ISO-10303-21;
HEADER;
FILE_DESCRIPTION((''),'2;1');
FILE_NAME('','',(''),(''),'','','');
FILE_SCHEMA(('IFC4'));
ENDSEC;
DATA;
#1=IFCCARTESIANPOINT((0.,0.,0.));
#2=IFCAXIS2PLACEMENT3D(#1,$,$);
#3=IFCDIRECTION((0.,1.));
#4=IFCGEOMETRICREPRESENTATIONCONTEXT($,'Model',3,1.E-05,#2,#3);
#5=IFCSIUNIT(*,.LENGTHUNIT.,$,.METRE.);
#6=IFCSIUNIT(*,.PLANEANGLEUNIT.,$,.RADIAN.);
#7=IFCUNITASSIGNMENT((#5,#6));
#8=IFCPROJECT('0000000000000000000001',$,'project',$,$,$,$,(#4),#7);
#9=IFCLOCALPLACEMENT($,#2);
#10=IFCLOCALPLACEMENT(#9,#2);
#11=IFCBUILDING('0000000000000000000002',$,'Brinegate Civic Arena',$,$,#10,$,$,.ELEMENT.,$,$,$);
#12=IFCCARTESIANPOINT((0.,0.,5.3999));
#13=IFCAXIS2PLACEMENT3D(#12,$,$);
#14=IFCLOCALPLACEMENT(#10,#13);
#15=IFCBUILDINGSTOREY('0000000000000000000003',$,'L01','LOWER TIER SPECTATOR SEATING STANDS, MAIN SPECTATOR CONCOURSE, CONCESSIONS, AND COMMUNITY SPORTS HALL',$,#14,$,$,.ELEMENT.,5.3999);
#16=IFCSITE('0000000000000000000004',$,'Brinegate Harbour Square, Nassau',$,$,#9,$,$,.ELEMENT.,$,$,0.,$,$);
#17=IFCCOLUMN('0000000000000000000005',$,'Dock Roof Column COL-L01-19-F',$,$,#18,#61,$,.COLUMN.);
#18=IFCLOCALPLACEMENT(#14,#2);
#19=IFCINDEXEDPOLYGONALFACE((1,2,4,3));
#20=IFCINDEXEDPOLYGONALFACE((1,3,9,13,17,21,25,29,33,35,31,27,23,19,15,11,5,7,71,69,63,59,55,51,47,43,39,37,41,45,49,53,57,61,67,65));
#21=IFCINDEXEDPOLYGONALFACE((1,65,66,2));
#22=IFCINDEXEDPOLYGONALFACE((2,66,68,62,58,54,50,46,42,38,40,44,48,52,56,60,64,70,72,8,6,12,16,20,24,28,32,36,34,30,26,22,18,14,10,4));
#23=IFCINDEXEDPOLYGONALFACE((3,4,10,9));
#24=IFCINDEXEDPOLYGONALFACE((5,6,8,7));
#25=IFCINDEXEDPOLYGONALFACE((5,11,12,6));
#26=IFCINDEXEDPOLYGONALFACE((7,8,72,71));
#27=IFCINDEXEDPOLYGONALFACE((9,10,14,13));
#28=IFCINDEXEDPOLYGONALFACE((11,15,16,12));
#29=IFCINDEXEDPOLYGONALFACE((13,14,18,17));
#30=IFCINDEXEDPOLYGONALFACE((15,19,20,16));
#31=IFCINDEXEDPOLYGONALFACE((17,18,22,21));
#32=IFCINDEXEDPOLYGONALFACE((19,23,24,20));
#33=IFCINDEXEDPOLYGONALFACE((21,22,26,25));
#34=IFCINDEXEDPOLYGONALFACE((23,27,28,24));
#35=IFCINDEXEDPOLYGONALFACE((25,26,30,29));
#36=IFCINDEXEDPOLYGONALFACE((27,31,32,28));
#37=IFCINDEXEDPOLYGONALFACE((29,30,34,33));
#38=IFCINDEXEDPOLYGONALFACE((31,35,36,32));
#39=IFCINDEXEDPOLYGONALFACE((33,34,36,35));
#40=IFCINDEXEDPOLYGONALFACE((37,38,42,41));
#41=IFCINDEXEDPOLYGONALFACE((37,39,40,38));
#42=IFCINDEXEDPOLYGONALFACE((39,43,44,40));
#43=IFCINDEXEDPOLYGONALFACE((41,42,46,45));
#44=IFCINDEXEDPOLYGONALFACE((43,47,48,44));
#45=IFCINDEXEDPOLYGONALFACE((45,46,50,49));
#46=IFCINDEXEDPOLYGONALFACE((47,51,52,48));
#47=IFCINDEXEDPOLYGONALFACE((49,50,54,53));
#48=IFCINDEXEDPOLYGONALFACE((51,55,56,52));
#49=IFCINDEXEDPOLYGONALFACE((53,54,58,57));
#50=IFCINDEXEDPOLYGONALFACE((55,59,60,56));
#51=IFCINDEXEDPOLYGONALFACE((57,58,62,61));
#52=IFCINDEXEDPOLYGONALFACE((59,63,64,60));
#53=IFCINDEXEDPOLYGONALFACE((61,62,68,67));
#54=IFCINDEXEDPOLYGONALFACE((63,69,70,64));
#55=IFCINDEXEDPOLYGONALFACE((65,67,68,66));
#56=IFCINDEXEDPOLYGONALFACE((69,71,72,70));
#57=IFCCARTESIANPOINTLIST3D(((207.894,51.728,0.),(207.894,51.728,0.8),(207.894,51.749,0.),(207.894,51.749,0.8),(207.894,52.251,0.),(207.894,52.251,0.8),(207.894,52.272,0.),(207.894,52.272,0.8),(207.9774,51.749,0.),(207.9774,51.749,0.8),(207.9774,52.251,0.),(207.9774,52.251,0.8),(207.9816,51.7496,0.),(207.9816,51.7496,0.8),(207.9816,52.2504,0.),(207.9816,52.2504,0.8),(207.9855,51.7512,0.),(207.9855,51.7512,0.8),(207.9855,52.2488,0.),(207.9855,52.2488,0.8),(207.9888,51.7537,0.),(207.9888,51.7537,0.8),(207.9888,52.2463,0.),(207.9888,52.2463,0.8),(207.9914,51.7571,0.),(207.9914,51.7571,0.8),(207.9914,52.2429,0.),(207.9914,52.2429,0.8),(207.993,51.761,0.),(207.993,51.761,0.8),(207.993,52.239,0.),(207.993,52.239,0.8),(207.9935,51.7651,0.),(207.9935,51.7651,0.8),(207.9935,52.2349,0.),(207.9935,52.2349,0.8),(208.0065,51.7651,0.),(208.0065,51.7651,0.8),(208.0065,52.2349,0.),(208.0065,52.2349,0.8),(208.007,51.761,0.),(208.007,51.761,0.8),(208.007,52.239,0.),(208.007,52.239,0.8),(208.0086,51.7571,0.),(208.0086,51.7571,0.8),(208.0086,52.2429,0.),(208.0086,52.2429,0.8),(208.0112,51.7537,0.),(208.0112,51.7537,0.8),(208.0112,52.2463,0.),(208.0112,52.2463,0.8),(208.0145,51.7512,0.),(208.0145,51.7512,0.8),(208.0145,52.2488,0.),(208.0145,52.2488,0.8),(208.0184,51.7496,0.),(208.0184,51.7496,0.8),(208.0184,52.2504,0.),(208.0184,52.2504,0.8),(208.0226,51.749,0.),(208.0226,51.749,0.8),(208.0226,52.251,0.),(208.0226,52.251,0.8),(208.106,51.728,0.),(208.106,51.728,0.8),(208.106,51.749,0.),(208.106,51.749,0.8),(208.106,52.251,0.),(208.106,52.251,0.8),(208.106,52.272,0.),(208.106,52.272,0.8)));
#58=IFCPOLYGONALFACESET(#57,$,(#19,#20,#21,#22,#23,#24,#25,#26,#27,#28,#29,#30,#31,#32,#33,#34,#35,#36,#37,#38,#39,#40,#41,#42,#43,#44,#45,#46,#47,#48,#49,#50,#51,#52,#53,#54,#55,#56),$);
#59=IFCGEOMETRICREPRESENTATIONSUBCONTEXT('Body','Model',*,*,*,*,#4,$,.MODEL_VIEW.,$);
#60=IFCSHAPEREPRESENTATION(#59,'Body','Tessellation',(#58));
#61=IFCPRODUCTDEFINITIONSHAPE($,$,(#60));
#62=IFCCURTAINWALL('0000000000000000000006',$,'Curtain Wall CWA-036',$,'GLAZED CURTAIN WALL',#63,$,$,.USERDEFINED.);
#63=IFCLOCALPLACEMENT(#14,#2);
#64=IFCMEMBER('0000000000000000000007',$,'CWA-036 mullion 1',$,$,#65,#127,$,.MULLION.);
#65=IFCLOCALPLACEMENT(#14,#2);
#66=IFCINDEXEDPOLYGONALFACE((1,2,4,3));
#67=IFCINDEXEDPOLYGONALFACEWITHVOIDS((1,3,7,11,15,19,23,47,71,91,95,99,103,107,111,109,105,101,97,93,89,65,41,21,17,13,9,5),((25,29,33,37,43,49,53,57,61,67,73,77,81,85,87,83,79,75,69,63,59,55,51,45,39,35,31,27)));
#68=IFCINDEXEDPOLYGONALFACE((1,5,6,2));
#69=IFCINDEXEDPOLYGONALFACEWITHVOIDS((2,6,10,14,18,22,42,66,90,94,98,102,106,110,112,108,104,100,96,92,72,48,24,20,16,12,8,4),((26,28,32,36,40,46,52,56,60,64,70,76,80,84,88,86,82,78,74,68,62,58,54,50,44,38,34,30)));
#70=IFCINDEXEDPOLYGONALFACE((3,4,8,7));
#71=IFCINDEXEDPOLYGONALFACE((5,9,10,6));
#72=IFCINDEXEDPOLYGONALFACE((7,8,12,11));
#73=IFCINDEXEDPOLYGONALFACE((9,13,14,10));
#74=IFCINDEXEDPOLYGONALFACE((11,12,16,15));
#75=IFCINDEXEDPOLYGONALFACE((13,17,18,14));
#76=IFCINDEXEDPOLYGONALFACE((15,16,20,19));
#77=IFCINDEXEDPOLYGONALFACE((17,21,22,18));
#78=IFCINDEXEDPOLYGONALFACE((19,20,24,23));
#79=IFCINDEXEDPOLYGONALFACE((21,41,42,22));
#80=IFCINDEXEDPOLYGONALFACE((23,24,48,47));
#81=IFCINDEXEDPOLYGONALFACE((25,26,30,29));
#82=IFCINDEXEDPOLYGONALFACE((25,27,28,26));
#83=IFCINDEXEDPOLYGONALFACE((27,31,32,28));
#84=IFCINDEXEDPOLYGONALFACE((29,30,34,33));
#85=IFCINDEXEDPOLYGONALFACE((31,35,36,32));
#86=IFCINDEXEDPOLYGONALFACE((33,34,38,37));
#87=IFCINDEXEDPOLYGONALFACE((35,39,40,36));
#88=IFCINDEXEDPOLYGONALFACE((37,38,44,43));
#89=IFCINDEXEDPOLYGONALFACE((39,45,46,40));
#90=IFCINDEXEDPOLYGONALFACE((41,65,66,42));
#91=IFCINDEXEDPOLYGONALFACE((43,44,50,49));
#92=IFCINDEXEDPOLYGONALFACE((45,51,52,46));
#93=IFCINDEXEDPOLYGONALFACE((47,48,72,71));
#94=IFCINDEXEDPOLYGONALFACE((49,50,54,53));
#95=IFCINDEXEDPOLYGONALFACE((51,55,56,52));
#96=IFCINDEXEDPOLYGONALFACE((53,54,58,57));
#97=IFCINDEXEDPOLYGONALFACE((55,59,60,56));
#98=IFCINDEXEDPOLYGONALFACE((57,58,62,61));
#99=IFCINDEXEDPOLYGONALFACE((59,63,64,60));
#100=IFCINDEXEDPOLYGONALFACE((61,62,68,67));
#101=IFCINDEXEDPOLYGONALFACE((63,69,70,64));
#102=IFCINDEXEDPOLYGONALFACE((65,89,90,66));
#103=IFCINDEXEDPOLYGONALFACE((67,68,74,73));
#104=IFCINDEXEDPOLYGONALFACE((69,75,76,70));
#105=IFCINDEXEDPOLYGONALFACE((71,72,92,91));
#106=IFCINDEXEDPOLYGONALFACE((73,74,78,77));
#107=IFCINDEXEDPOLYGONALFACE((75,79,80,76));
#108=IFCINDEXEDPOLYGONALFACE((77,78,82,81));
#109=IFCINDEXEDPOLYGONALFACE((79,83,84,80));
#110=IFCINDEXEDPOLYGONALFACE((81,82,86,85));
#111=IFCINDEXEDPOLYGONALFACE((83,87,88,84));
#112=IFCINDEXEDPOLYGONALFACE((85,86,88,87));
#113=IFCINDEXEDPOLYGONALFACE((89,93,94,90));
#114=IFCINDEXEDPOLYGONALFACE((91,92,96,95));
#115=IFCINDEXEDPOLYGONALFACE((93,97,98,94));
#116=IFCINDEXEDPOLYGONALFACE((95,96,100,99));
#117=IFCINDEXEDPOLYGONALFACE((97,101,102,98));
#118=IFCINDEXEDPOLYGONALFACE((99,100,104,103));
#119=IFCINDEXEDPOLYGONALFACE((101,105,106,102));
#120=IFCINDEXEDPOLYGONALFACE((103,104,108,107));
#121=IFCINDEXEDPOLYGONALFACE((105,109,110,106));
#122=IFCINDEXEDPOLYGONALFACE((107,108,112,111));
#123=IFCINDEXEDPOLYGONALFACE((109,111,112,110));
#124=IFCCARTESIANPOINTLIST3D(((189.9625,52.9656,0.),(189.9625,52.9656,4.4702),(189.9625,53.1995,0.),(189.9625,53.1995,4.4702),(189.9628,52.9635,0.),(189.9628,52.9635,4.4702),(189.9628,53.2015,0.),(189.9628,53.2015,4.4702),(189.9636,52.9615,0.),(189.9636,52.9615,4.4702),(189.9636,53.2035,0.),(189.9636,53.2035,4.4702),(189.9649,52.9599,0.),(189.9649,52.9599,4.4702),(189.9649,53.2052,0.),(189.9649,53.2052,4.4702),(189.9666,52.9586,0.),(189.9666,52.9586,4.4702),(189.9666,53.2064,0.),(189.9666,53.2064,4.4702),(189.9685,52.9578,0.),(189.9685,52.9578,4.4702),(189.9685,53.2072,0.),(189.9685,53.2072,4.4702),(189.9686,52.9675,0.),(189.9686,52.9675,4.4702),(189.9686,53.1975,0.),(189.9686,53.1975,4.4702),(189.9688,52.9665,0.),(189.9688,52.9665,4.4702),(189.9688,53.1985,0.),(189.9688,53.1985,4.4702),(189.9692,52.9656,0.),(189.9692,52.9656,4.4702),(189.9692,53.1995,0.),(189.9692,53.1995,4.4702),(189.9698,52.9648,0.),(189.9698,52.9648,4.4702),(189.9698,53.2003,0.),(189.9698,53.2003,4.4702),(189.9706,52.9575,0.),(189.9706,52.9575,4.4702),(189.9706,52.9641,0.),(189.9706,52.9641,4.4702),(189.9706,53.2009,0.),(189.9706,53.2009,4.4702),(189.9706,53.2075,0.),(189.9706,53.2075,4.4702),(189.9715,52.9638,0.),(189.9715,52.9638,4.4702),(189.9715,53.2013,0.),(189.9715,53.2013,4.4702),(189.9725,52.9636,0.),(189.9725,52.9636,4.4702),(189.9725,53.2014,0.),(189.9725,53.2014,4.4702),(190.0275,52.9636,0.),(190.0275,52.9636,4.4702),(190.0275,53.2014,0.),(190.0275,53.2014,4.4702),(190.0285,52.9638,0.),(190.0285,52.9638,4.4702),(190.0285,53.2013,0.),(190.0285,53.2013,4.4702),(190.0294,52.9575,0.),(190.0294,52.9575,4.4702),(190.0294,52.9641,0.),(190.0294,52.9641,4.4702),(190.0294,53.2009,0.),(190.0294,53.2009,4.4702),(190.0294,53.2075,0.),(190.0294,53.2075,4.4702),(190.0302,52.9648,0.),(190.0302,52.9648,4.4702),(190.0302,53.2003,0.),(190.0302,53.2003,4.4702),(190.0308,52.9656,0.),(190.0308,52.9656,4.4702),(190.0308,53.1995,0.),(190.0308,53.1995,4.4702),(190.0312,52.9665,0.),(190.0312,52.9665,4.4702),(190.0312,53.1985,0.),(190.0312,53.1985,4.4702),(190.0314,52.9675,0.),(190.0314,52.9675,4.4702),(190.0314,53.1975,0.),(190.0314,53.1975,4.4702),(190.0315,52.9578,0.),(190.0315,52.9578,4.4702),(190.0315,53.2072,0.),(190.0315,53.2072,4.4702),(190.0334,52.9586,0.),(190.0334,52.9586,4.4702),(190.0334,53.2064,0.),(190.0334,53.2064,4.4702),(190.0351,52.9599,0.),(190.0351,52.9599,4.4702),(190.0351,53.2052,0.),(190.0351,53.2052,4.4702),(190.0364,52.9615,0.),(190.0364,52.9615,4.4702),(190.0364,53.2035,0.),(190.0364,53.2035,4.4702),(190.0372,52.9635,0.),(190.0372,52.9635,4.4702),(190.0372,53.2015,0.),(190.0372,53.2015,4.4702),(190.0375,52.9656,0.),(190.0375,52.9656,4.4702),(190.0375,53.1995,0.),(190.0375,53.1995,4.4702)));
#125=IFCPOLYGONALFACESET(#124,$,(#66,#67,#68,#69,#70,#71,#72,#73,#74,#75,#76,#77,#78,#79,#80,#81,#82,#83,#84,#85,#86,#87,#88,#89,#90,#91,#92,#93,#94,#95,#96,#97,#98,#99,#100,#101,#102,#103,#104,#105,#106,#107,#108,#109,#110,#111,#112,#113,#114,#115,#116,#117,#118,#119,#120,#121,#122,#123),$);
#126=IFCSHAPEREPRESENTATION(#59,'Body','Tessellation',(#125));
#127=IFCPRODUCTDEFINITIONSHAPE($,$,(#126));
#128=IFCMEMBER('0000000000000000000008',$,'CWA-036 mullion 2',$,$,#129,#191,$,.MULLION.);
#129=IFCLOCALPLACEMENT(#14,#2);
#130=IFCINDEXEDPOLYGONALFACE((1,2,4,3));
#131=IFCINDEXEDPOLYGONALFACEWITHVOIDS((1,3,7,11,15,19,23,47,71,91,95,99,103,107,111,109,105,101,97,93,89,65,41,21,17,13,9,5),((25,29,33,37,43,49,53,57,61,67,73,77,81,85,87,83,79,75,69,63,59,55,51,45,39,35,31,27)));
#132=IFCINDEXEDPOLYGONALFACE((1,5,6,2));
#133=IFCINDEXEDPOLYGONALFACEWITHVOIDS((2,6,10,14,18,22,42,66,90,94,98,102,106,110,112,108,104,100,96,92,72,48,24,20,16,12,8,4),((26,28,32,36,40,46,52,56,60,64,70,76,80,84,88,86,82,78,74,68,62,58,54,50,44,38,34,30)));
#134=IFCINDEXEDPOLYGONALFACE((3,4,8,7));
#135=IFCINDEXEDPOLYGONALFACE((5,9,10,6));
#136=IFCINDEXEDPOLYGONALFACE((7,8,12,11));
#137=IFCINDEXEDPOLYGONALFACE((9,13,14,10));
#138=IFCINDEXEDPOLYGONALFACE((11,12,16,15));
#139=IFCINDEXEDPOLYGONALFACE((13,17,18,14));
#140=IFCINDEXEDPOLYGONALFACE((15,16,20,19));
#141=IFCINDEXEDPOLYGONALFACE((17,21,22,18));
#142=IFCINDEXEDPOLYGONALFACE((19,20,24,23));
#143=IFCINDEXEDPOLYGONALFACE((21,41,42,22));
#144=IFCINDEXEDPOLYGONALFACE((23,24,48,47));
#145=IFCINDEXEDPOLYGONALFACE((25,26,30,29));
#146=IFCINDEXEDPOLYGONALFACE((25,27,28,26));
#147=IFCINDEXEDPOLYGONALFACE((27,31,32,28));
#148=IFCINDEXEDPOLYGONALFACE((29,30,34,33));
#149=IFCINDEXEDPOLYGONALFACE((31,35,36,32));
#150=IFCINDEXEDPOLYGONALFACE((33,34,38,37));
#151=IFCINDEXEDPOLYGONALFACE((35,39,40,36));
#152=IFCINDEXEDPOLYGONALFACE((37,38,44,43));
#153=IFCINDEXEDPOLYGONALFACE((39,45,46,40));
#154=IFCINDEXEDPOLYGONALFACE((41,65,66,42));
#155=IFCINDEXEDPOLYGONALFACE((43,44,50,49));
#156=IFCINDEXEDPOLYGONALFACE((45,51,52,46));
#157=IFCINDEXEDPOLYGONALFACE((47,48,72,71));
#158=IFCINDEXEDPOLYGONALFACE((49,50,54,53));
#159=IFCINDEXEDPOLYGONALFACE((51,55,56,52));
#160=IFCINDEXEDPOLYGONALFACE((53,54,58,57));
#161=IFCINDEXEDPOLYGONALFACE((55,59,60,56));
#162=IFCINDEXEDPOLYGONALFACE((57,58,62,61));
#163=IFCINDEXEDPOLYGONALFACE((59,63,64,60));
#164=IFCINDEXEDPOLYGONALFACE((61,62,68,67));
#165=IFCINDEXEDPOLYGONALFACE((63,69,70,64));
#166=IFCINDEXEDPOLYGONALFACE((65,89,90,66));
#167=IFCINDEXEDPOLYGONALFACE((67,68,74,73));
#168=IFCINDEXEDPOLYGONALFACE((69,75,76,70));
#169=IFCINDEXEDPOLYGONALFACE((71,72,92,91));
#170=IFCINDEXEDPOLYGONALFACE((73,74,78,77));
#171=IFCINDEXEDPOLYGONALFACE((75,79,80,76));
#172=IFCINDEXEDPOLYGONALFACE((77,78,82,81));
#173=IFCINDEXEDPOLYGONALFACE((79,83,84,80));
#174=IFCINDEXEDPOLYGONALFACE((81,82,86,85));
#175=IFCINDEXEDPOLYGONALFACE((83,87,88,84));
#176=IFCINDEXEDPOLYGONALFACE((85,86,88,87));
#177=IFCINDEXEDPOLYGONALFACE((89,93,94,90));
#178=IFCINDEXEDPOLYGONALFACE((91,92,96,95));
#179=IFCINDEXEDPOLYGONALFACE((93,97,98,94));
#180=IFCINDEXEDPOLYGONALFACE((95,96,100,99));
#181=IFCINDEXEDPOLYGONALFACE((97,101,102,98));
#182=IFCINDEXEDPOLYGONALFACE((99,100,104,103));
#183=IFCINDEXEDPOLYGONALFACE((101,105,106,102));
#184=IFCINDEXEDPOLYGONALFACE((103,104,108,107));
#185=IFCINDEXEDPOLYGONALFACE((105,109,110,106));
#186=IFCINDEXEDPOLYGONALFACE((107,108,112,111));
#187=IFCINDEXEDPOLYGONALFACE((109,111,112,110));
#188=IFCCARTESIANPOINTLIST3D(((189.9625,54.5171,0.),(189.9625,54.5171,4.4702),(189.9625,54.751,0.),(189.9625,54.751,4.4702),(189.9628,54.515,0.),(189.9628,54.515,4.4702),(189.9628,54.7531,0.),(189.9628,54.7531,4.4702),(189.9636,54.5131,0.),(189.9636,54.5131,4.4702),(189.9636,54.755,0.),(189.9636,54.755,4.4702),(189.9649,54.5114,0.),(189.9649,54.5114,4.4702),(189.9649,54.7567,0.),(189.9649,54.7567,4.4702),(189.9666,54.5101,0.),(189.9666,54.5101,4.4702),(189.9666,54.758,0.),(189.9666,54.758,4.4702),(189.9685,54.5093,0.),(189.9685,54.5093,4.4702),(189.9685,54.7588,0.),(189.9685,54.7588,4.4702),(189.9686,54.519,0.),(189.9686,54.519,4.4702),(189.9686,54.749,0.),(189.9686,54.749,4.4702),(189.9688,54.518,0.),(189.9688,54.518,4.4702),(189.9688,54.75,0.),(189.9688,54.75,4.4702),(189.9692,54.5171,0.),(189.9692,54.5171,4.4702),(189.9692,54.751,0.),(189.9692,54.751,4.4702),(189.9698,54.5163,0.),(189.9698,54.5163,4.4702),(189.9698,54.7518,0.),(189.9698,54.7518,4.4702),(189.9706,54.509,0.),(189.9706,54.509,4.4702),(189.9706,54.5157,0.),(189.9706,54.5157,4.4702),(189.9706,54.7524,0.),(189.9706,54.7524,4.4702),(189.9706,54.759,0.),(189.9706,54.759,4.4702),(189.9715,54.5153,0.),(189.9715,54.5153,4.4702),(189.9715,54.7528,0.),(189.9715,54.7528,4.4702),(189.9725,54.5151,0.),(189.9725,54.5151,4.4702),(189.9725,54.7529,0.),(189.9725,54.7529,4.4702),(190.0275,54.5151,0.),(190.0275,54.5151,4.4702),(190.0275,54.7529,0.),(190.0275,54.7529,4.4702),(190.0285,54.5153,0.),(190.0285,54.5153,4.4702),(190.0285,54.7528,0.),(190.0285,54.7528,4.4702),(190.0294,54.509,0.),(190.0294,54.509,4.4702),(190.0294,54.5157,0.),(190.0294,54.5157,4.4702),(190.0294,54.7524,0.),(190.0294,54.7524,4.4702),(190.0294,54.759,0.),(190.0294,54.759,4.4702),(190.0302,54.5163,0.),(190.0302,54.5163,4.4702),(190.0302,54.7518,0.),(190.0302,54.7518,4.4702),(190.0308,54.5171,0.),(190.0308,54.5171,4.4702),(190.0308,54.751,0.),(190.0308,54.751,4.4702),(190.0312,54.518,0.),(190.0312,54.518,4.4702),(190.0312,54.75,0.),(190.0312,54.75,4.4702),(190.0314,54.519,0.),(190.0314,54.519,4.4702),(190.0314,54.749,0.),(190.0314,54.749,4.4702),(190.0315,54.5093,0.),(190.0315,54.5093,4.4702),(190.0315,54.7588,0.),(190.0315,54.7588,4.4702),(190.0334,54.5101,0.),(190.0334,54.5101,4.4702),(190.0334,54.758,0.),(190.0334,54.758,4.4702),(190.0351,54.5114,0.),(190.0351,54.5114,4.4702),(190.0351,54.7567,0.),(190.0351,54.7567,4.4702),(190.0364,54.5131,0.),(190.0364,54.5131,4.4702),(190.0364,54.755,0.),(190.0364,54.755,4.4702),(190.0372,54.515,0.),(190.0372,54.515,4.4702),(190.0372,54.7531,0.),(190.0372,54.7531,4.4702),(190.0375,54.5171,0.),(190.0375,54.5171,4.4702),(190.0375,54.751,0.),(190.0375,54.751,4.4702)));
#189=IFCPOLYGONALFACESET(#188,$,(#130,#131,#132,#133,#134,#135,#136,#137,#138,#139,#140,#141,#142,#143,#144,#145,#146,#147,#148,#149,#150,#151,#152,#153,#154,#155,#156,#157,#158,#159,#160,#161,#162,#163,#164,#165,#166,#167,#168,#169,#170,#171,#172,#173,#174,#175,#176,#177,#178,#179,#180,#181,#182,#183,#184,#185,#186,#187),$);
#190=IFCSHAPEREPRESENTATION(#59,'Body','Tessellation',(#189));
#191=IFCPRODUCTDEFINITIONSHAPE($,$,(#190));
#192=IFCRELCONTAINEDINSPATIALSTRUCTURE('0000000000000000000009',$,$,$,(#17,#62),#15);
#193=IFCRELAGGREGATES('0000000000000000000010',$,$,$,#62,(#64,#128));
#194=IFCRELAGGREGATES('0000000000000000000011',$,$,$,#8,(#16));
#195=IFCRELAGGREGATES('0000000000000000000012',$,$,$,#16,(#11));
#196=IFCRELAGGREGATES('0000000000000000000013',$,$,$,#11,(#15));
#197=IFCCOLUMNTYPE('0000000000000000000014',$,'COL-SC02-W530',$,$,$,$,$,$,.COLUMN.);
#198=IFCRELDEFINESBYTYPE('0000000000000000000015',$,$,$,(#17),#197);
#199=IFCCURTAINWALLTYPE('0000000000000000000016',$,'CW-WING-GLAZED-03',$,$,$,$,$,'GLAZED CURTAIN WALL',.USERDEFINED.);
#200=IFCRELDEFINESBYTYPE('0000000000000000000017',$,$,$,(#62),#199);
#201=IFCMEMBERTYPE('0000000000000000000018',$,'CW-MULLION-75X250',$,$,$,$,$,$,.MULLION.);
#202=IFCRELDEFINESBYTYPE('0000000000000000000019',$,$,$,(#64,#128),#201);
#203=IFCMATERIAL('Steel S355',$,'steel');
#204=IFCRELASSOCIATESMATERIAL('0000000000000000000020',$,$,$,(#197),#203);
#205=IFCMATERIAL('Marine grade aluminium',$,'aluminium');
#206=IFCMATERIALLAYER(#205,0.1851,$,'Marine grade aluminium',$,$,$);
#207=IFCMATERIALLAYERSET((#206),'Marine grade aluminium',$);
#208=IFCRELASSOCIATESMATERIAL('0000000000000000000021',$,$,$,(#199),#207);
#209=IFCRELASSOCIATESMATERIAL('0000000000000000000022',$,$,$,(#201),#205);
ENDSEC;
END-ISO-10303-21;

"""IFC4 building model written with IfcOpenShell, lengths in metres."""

from ifc_helpers import new_model, si_unit, direction, frame, origin, origin_2d, place, context, subcontext, project, spatial, hollow_rectangle, i_section, extrude, material, layer, layer_set, material_profile, profile_set, type_object, element, aggregate, save


model = new_model("IFC4")

# Units and contexts
model_context = context("Model", 3, precision=1e-05, world=origin(), true_north=direction((0.0, 1.0)))
body_context = subcontext(model_context, "Body", "Model", "MODEL_VIEW")
ifc_project = project(units=[si_unit("LENGTHUNIT", "METRE"), si_unit("PLANEANGLEUNIT", "RADIAN")], contexts=[model_context])

# Site, building, storey
site_placement = place(None, origin())
site = spatial("IfcSite", under=ifc_project, at=site_placement, Name="Brinegate Harbour Square, Nassau", CompositionType="ELEMENT", RefElevation=0.0)
building_placement = place(site_placement, origin())
building = spatial("IfcBuilding", under=site, at=building_placement, Name="Brinegate Civic Arena", CompositionType="ELEMENT")
storey_placement = place(building_placement, frame((0.0, 0.0, 5.3999)))
storey = spatial("IfcBuildingStorey", under=building, at=storey_placement, Name="L01", Description="LOWER TIER SPECTATOR SEATING STANDS, MAIN SPECTATOR CONCOURSE, CONCESSIONS, AND COMMUNITY SPORTS HALL", CompositionType="ELEMENT", Elevation=5.3999)

# Column
ifc_material_1 = material(Name="Steel S355", Category="steel")
ifc_material_profile_1 = material_profile(ifc_material_1, i_section(OverallWidth=0.2119, OverallDepth=0.5439, WebThickness=0.0129, FlangeThickness=0.021, FilletRadius=0.0161, at=origin_2d()), Name="W530X123")
ifc_profile_set_1 = profile_set([ifc_material_profile_1], Name="Steel S355")
column_type_1 = type_object("IfcColumnType", Name="COL-SC02-W530", PredefinedType="COLUMN", material=ifc_profile_set_1)
column_1_placement = place(storey_placement, frame((208.0, 52.0, 0.0), z_axis=(0.0, 0.0, 1.0), x_axis=(1.0, 0.0, 0.0)))
element("IfcColumn", 1, at=column_1_placement, inside=storey, type_object=column_type_1, Name="Dock Roof Column COL-L01-19-F", PredefinedType="COLUMN", context=body_context, shape_type="SweptSolid", body=[
    extrude(i_section(OverallWidth=0.2119, OverallDepth=0.5439, WebThickness=0.0129, FlangeThickness=0.021, FilletRadius=0.0161, at=origin_2d()), origin(), (0.0, 0.0, 1.0), 0.8),
])

# Curtain wall, members
ifc_material_2 = material(Name="Marine grade aluminium", Category="aluminium")
ifc_layer_1 = layer(ifc_material_2, 0.1851, Name="Marine grade aluminium")
ifc_layer_set_1 = layer_set([ifc_layer_1], Name="Marine grade aluminium")
curtain_wall_type = type_object("IfcCurtainWallType", Name="CW-WING-GLAZED-03", ElementType="GLAZED CURTAIN WALL", PredefinedType="USERDEFINED", material=ifc_layer_set_1)
curtain_wall_placement = place(storey_placement, origin())
curtain_wall = element("IfcCurtainWall", 2, at=curtain_wall_placement, inside=storey, type_object=curtain_wall_type, Name="Curtain Wall CWA-036", ObjectType="GLAZED CURTAIN WALL", PredefinedType="USERDEFINED")
ifc_material_profile_2 = material_profile(ifc_material_2, hollow_rectangle(XDim=0.075, YDim=0.25, WallThickness=0.0061, InnerFilletRadius=0.0039, OuterFilletRadius=0.0081, at=origin_2d()), Name="MUL75X250")
ifc_profile_set_2 = profile_set([ifc_material_profile_2], Name="Marine grade aluminium")
member_type_1 = type_object("IfcMemberType", Name="CW-MULLION-75X250", PredefinedType="MULLION", material=ifc_profile_set_2)
member_1_placement = place(storey_placement, frame((190.0, 53.0825, 0.0), z_axis=(0.0, 0.0, 1.0), x_axis=(-1.0, 0.0, 0.0)))
member_1 = element("IfcMember", 3, at=member_1_placement, type_object=member_type_1, Name="CWA-036 mullion 1", PredefinedType="MULLION", context=body_context, shape_type="SweptSolid", body=[
    extrude(hollow_rectangle(XDim=0.075, YDim=0.25, WallThickness=0.0061, InnerFilletRadius=0.0039, OuterFilletRadius=0.0081, at=origin_2d()), origin(), (0.0, 0.0, 1.0), 4.4702),
])
member_2_placement = place(storey_placement, frame((190.0, 54.634, 0.0), z_axis=(0.0, 0.0, 1.0), x_axis=(-1.0, 0.0, 0.0)))
member_2 = element("IfcMember", 4, at=member_2_placement, type_object=member_type_1, Name="CWA-036 mullion 2", PredefinedType="MULLION", context=body_context, shape_type="SweptSolid", body=[
    extrude(hollow_rectangle(XDim=0.075, YDim=0.25, WallThickness=0.0061, InnerFilletRadius=0.0039, OuterFilletRadius=0.0081, at=origin_2d()), origin(), (0.0, 0.0, 1.0), 4.4702),
])

aggregate(curtain_wall, [member_1, member_2])

save(model, "model.ifc")
